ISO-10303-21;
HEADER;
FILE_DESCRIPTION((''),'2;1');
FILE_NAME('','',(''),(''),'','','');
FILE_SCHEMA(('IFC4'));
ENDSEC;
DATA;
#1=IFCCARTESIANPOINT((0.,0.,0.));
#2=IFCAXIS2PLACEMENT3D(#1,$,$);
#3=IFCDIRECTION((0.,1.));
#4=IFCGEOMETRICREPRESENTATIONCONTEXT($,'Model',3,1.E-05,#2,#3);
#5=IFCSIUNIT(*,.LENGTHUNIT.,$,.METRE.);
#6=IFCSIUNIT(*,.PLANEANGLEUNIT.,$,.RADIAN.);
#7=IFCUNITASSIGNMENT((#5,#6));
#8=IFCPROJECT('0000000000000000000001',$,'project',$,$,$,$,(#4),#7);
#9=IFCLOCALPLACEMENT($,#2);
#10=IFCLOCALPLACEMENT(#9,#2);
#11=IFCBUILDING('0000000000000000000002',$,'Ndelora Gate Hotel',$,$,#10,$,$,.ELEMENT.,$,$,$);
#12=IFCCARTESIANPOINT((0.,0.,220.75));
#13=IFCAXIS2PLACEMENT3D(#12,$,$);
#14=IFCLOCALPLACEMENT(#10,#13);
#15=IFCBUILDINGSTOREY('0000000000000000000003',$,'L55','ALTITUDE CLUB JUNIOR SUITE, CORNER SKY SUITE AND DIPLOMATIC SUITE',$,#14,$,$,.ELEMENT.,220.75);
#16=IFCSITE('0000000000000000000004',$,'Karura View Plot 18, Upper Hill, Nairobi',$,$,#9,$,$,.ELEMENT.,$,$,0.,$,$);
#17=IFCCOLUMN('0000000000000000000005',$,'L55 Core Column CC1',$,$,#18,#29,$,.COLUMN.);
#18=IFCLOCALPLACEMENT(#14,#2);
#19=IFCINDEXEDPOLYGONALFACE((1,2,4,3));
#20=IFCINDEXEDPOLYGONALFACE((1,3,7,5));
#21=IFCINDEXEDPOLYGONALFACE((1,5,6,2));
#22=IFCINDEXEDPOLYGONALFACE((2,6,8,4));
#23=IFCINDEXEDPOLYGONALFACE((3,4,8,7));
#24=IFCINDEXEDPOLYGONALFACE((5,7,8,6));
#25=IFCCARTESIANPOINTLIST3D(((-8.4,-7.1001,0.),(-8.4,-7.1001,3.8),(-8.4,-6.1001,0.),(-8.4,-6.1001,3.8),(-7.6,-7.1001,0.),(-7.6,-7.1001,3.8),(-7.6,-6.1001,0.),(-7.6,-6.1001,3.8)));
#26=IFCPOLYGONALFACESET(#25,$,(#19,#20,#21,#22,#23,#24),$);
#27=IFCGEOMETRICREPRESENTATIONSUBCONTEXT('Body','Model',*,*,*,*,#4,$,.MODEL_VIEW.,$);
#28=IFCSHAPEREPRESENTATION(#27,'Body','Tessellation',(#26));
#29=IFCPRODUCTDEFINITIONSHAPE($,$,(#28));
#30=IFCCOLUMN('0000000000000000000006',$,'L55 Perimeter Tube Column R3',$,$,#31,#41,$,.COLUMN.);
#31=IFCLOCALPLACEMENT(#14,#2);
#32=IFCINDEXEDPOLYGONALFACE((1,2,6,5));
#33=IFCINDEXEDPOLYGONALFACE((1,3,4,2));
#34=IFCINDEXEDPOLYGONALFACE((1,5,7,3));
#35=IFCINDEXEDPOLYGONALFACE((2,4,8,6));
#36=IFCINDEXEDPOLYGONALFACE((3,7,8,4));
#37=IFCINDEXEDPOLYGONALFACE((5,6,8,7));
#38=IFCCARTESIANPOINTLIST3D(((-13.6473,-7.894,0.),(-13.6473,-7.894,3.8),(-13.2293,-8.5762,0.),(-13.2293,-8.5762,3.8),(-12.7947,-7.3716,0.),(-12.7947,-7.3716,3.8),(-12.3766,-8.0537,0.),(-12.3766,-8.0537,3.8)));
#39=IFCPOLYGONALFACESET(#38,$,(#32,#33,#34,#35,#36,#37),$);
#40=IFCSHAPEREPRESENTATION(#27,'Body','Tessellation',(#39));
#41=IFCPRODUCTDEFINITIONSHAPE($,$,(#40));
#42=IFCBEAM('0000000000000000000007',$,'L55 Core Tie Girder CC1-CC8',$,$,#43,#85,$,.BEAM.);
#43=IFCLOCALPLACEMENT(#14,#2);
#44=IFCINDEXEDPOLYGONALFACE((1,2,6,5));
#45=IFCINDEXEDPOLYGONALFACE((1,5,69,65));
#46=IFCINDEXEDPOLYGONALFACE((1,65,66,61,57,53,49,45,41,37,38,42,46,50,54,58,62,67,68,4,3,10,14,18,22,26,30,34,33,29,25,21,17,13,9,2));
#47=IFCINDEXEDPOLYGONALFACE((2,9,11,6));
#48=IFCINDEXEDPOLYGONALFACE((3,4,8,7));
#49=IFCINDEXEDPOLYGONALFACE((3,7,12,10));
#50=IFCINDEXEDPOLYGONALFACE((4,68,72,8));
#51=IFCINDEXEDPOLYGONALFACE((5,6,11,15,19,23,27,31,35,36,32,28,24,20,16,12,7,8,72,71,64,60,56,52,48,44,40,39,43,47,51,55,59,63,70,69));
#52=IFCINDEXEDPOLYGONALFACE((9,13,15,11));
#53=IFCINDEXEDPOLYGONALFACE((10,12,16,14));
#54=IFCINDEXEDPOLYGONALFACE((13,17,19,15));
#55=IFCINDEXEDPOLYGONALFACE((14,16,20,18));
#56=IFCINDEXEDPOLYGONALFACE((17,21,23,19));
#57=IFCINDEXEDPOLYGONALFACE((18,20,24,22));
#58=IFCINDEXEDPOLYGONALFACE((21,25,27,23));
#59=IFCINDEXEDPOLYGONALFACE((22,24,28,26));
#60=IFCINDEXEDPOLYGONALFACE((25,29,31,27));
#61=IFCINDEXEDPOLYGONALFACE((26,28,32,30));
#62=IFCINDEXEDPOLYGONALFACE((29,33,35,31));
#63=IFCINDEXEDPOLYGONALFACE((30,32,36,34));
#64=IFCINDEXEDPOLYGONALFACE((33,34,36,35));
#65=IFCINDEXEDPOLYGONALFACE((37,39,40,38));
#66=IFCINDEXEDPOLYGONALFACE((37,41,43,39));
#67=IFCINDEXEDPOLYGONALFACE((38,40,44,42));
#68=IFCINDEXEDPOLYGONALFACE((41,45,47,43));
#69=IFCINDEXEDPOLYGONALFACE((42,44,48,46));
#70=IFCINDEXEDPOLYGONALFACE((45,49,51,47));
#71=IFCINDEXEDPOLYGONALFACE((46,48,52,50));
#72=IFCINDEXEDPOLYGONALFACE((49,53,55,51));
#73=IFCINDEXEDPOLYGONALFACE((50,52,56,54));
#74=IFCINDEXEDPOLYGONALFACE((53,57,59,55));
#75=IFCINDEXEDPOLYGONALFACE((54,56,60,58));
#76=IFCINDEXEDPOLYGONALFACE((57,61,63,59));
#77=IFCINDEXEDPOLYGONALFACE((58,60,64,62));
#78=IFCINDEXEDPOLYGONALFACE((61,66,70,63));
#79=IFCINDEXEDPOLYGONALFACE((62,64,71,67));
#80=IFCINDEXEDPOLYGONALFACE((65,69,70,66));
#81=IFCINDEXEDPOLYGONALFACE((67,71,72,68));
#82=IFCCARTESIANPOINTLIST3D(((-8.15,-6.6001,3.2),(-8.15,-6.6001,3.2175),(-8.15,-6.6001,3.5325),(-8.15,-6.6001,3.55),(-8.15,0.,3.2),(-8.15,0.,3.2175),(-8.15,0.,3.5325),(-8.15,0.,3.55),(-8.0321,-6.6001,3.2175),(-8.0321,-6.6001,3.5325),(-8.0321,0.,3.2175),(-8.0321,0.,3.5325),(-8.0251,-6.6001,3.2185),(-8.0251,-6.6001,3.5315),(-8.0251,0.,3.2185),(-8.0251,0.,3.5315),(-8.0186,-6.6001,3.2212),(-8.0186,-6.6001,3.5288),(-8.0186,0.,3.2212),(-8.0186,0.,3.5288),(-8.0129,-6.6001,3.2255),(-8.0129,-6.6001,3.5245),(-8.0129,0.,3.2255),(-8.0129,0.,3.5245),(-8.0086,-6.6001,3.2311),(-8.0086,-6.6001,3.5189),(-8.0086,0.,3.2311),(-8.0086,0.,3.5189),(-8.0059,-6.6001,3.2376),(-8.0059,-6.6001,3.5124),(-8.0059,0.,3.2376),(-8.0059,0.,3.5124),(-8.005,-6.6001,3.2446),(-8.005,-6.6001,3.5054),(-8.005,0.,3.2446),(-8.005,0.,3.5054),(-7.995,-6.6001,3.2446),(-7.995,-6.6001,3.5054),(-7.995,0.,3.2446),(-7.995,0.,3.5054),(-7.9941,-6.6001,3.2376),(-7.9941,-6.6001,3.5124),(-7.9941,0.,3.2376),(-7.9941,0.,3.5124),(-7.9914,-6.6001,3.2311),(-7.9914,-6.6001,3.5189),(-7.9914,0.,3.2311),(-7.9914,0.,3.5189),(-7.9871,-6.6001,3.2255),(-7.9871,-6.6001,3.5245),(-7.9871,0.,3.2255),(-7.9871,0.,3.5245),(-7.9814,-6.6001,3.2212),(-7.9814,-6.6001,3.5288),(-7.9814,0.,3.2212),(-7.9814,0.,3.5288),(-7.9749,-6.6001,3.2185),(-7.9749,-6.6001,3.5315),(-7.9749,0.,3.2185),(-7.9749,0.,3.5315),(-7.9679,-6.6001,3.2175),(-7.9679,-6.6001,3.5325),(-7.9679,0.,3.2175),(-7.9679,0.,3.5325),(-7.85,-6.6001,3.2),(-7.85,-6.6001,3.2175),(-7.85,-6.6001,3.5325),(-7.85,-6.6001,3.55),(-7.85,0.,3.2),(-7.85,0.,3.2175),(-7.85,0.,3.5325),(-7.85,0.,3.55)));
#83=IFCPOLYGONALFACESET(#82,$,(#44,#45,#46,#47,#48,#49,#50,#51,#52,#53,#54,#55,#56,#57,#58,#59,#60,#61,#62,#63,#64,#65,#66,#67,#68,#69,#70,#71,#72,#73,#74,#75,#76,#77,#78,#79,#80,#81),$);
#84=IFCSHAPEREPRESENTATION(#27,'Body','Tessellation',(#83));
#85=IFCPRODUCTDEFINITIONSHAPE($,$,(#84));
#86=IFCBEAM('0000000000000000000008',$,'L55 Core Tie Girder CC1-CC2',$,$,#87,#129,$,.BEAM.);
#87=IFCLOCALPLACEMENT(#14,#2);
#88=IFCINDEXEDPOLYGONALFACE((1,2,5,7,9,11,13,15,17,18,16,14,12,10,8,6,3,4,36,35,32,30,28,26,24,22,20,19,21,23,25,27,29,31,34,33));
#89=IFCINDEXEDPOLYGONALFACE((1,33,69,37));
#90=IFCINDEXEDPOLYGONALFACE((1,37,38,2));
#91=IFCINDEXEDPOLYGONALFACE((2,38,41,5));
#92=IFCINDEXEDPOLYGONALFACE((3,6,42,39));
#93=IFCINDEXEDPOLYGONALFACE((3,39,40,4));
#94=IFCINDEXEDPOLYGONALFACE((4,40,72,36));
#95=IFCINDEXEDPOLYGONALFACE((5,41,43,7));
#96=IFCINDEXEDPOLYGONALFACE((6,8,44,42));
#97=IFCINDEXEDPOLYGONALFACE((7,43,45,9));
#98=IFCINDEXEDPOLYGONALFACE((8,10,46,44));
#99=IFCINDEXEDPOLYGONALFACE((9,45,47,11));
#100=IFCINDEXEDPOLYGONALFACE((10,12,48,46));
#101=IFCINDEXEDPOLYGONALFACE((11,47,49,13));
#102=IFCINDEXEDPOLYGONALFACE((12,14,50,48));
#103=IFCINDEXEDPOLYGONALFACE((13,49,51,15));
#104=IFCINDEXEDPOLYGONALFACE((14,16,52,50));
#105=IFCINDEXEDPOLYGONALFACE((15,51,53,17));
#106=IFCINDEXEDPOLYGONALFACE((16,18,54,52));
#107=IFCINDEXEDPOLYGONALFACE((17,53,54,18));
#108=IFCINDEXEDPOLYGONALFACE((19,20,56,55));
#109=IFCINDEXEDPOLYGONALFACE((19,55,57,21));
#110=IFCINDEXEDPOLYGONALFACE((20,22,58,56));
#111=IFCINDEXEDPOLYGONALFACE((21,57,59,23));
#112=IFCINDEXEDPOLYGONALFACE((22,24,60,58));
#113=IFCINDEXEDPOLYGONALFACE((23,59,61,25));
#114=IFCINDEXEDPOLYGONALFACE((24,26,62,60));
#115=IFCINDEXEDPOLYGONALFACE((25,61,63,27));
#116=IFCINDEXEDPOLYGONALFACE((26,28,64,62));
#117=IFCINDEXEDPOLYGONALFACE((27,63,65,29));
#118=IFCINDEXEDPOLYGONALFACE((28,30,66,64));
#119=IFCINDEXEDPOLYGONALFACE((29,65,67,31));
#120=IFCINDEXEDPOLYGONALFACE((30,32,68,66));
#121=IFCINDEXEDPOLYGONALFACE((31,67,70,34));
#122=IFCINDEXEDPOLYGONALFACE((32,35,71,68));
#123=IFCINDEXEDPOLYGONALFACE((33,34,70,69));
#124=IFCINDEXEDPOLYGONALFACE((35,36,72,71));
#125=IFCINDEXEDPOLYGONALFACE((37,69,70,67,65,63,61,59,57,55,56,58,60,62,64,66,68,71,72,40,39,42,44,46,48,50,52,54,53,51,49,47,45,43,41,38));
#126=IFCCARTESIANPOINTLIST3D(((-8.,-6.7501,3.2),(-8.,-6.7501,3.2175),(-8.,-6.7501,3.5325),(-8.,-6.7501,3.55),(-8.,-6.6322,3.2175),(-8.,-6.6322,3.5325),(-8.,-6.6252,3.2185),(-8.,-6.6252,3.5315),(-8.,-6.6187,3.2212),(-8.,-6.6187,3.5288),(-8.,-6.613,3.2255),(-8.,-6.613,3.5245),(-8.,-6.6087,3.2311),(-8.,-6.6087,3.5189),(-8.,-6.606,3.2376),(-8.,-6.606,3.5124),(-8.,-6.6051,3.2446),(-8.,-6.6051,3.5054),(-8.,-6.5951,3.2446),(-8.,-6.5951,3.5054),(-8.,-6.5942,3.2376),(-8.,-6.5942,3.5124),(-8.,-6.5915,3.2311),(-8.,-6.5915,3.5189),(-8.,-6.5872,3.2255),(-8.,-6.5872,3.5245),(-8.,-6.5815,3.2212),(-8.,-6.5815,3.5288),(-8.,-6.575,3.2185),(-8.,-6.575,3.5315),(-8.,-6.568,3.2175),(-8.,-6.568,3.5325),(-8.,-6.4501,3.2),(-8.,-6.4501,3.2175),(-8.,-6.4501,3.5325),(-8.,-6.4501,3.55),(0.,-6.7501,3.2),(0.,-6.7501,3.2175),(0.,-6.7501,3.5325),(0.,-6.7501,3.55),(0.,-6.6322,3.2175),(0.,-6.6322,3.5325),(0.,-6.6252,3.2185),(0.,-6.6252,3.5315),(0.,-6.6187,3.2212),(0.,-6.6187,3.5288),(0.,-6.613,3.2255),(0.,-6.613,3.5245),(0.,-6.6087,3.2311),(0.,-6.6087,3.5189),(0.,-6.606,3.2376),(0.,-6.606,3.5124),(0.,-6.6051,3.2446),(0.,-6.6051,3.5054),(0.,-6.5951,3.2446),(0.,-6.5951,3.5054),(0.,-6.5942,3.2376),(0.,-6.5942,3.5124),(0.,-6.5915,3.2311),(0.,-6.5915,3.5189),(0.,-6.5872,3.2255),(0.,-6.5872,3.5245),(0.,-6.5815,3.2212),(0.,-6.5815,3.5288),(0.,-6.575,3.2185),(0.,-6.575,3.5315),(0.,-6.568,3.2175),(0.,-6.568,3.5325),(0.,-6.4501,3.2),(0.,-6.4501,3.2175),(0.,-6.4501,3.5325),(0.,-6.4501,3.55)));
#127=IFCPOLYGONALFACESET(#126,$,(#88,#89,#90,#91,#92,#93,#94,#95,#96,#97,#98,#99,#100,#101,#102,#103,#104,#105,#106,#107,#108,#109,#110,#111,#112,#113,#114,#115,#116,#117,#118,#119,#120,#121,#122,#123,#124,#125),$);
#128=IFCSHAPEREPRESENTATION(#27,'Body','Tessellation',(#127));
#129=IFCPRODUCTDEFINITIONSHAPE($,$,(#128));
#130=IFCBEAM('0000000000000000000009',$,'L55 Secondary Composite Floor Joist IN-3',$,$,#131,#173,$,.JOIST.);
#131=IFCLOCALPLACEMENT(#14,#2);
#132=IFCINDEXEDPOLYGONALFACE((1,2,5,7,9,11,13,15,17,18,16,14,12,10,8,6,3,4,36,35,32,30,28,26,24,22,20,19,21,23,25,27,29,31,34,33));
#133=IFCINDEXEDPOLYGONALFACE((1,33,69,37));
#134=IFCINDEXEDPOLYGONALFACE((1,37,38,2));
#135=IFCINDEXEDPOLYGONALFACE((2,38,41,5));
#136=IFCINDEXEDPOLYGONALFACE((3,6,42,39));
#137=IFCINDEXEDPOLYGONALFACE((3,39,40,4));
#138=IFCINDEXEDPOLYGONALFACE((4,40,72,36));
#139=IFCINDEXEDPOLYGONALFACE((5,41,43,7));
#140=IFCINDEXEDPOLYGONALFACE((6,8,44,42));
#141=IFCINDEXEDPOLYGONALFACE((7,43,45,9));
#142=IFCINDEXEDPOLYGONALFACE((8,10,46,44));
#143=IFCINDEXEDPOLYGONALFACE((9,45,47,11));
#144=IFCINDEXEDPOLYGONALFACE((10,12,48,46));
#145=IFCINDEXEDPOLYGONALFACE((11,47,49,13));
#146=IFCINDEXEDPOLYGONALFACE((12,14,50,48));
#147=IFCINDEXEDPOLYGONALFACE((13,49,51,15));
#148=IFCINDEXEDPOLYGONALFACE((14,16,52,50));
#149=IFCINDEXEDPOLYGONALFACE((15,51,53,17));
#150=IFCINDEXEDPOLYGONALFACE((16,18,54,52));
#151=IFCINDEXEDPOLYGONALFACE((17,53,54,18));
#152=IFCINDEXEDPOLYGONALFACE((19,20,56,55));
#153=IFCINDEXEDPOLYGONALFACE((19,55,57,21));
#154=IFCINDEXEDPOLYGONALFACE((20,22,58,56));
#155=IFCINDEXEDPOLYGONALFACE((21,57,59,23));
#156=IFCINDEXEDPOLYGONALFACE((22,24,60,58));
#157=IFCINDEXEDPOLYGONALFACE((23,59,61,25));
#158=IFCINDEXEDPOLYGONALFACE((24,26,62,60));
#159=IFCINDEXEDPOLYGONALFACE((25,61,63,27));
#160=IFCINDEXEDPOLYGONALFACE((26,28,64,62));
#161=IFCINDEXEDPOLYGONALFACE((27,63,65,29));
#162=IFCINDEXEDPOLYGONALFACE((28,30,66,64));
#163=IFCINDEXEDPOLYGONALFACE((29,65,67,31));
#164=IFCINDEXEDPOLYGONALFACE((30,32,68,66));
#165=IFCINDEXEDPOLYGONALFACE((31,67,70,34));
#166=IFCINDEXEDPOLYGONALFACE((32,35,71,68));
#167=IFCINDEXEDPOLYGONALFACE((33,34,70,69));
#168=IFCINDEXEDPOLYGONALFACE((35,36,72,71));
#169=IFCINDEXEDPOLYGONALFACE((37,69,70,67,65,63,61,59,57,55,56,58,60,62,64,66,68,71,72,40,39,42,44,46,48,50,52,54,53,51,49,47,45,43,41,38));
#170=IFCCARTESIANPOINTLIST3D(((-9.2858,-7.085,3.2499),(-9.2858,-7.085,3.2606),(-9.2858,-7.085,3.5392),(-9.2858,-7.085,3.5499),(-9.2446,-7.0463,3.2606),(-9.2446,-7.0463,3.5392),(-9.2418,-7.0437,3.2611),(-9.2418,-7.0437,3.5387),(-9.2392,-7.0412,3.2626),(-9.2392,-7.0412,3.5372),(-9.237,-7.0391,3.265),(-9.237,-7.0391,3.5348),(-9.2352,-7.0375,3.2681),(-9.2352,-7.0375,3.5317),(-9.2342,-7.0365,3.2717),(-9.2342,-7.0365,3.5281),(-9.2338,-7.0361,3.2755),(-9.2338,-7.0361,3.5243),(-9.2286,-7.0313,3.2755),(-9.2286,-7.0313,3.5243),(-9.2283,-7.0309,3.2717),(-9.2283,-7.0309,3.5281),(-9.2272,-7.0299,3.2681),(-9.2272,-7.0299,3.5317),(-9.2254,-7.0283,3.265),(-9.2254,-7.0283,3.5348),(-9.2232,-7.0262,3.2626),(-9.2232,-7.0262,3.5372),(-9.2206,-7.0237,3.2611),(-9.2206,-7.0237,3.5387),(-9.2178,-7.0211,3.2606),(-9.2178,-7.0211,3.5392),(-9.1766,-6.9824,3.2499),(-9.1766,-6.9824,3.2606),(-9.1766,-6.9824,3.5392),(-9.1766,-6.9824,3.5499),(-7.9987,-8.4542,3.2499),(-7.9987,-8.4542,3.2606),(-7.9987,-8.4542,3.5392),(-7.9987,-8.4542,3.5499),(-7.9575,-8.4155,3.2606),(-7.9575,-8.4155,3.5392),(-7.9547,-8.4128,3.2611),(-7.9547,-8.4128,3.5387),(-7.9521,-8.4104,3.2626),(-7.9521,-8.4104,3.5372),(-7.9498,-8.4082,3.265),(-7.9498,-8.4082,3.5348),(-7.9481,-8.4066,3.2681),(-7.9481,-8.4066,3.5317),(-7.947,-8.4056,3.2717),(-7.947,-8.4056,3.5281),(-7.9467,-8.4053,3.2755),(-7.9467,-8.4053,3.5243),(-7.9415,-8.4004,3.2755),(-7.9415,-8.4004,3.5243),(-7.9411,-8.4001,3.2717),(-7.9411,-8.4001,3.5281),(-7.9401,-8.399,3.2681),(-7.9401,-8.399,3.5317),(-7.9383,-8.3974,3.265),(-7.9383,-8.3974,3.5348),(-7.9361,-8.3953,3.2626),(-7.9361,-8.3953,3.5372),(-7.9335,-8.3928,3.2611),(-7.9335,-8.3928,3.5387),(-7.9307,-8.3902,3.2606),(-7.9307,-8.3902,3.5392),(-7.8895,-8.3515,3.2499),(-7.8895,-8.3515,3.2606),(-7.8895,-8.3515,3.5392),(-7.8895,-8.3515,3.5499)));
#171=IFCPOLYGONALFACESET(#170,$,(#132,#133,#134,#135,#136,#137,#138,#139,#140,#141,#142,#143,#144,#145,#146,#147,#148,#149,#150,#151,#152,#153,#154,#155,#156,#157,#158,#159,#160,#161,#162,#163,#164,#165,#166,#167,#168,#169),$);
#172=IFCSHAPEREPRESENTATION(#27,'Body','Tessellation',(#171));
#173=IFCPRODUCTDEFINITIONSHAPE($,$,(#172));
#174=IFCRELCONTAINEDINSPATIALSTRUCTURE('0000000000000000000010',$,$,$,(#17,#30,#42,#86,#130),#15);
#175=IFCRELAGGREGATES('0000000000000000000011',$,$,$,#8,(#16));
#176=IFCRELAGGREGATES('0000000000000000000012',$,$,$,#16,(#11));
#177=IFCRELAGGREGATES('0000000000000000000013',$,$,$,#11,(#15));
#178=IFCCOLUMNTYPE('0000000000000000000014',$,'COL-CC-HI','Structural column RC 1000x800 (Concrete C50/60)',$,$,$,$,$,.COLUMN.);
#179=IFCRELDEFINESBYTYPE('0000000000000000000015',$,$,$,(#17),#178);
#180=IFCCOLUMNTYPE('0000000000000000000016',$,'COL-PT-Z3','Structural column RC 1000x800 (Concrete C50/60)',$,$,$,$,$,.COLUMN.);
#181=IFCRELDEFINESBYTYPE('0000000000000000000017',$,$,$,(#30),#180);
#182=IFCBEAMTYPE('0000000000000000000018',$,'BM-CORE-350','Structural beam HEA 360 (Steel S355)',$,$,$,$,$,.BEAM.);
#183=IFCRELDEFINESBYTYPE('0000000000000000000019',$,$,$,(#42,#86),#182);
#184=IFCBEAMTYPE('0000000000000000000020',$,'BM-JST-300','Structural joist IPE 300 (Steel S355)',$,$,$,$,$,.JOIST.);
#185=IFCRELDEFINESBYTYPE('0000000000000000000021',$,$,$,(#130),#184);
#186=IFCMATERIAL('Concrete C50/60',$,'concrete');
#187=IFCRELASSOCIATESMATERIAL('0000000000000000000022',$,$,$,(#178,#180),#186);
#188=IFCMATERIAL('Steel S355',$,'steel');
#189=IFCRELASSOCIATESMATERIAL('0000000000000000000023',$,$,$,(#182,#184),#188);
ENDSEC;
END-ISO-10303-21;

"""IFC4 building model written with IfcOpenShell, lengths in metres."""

from ifc_helpers import new_model, si_unit, direction, frame, origin, origin_2d, place, context, subcontext, project, spatial, rectangle, i_section, extrude, material, material_profile, profile_set, type_object, element, save


model = new_model("IFC4")

# Units and contexts
model_context = context("Model", 3, precision=1e-05, world=origin(), true_north=direction((0.0, 1.0)))
body_context = subcontext(model_context, "Body", "Model", "MODEL_VIEW")
ifc_project = project(units=[si_unit("LENGTHUNIT", "METRE"), si_unit("PLANEANGLEUNIT", "RADIAN")], contexts=[model_context])

# Site, building, storey
site_placement = place(None, origin())
site = spatial("IfcSite", under=ifc_project, at=site_placement, Name="Karura View Plot 18, Upper Hill, Nairobi", CompositionType="ELEMENT", RefElevation=0.0)
building_placement = place(site_placement, origin())
building = spatial("IfcBuilding", under=site, at=building_placement, Name="Ndelora Gate Hotel", CompositionType="ELEMENT")
storey_placement = place(building_placement, frame((0.0, 0.0, 220.75)))
storey = spatial("IfcBuildingStorey", under=building, at=storey_placement, Name="L55", Description="ALTITUDE CLUB JUNIOR SUITE, CORNER SKY SUITE AND DIPLOMATIC SUITE", CompositionType="ELEMENT", Elevation=220.75)

# Columns
ifc_material_1 = material(Name="Concrete C50/60", Category="concrete")
ifc_material_profile_1 = material_profile(ifc_material_1, rectangle(XDim=0.8, YDim=1.0, at=origin_2d()), Name="RC 1000x800")
ifc_profile_set_1 = profile_set([ifc_material_profile_1], Name="Concrete C50/60")
column_type_1 = type_object("IfcColumnType", Name="COL-CC-HI", Description="Structural column RC 1000x800 (Concrete C50/60)", PredefinedType="COLUMN", material=ifc_profile_set_1)
column_1_placement = place(storey_placement, frame((-8.0, -6.6001, 0.0), z_axis=(0.0, 0.0, 1.0), x_axis=(1.0, 0.0, 0.0)))
element("IfcColumn", 1, at=column_1_placement, inside=storey, type_object=column_type_1, Name="L55 Core Column CC1", PredefinedType="COLUMN", context=body_context, shape_type="SweptSolid", body=[
    extrude(rectangle(XDim=0.8, YDim=1.0, at=origin_2d()), origin(), (0.0, 0.0, 1.0), 3.8),
])
ifc_material_profile_2 = material_profile(ifc_material_1, rectangle(XDim=0.8, YDim=1.0, at=origin_2d()), Name="RC 1000x800")
ifc_profile_set_2 = profile_set([ifc_material_profile_2], Name="Concrete C50/60")
column_type_2 = type_object("IfcColumnType", Name="COL-PT-Z3", Description="Structural column RC 1000x800 (Concrete C50/60)", PredefinedType="COLUMN", material=ifc_profile_set_2)
column_2_placement = place(storey_placement, frame((-13.012, -7.9739, 0.0), z_axis=(0.0, 0.0, 1.0), x_axis=(-0.522499, 0.85264, 0.0)))
element("IfcColumn", 2, at=column_2_placement, inside=storey, type_object=column_type_2, Name="L55 Perimeter Tube Column R3", PredefinedType="COLUMN", context=body_context, shape_type="SweptSolid", body=[
    extrude(rectangle(XDim=0.8, YDim=1.0, at=origin_2d()), origin(), (0.0, 0.0, 1.0), 3.8),
])

# Beams
ifc_material_2 = material(Name="Steel S355", Category="steel")
ifc_material_profile_3 = material_profile(ifc_material_2, i_section(OverallWidth=0.3, OverallDepth=0.3501, WebThickness=0.01, FlangeThickness=0.0176, FilletRadius=0.0271, at=origin_2d()), Name="HEA 360")
ifc_profile_set_3 = profile_set([ifc_material_profile_3], Name="Steel S355")
beam_type_1 = type_object("IfcBeamType", Name="BM-CORE-350", Description="Structural beam HEA 360 (Steel S355)", PredefinedType="BEAM", material=ifc_profile_set_3)
beam_1_placement = place(storey_placement, frame((-8.0, -6.6001, 3.375), z_axis=(0.0, 1.0, 0.0), x_axis=(-1.0, 0.0, 0.0)))
element("IfcBeam", 3, at=beam_1_placement, inside=storey, type_object=beam_type_1, Name="L55 Core Tie Girder CC1-CC8", PredefinedType="BEAM", context=body_context, shape_type="SweptSolid", body=[
    extrude(i_section(OverallWidth=0.3, OverallDepth=0.3501, WebThickness=0.01, FlangeThickness=0.0176, FilletRadius=0.0271, at=origin_2d()), origin(), (0.0, 0.0, 1.0), 6.6001),
])
beam_2_placement = place(storey_placement, frame((-8.0, -6.6001, 3.375), z_axis=(1.0, 0.0, 0.0), x_axis=(0.0, 1.0, 0.0)))
element("IfcBeam", 4, at=beam_2_placement, inside=storey, type_object=beam_type_1, Name="L55 Core Tie Girder CC1-CC2", PredefinedType="BEAM", context=body_context, shape_type="SweptSolid", body=[
    extrude(i_section(OverallWidth=0.3, OverallDepth=0.3501, WebThickness=0.01, FlangeThickness=0.0176, FilletRadius=0.0271, at=origin_2d()), origin(), (0.0, 0.0, 1.0), 8.0),
])
ifc_material_profile_4 = material_profile(ifc_material_2, i_section(OverallWidth=0.1499, OverallDepth=0.3, WebThickness=0.0071, FlangeThickness=0.0107, FilletRadius=0.0149, at=origin_2d()), Name="IPE 300")
ifc_profile_set_4 = profile_set([ifc_material_profile_4], Name="Steel S355")
beam_type_2 = type_object("IfcBeamType", Name="BM-JST-300", Description="Structural joist IPE 300 (Steel S355)", PredefinedType="JOIST", material=ifc_profile_set_4)
beam_3_placement = place(storey_placement, frame((-9.2312, -7.0337, 3.3999), z_axis=(0.684943, -0.728597, 0.0), x_axis=(0.728597, 0.684943, 0.0)))
element("IfcBeam", 5, at=beam_3_placement, inside=storey, type_object=beam_type_2, Name="L55 Secondary Composite Floor Joist IN-3", PredefinedType="JOIST", context=body_context, shape_type="SweptSolid", body=[
    extrude(i_section(OverallWidth=0.1499, OverallDepth=0.3, WebThickness=0.0071, FlangeThickness=0.0107, FilletRadius=0.0149, at=origin_2d()), origin(), (0.0, 0.0, 1.0), 1.8792),
])

save(model, "model.ifc")
